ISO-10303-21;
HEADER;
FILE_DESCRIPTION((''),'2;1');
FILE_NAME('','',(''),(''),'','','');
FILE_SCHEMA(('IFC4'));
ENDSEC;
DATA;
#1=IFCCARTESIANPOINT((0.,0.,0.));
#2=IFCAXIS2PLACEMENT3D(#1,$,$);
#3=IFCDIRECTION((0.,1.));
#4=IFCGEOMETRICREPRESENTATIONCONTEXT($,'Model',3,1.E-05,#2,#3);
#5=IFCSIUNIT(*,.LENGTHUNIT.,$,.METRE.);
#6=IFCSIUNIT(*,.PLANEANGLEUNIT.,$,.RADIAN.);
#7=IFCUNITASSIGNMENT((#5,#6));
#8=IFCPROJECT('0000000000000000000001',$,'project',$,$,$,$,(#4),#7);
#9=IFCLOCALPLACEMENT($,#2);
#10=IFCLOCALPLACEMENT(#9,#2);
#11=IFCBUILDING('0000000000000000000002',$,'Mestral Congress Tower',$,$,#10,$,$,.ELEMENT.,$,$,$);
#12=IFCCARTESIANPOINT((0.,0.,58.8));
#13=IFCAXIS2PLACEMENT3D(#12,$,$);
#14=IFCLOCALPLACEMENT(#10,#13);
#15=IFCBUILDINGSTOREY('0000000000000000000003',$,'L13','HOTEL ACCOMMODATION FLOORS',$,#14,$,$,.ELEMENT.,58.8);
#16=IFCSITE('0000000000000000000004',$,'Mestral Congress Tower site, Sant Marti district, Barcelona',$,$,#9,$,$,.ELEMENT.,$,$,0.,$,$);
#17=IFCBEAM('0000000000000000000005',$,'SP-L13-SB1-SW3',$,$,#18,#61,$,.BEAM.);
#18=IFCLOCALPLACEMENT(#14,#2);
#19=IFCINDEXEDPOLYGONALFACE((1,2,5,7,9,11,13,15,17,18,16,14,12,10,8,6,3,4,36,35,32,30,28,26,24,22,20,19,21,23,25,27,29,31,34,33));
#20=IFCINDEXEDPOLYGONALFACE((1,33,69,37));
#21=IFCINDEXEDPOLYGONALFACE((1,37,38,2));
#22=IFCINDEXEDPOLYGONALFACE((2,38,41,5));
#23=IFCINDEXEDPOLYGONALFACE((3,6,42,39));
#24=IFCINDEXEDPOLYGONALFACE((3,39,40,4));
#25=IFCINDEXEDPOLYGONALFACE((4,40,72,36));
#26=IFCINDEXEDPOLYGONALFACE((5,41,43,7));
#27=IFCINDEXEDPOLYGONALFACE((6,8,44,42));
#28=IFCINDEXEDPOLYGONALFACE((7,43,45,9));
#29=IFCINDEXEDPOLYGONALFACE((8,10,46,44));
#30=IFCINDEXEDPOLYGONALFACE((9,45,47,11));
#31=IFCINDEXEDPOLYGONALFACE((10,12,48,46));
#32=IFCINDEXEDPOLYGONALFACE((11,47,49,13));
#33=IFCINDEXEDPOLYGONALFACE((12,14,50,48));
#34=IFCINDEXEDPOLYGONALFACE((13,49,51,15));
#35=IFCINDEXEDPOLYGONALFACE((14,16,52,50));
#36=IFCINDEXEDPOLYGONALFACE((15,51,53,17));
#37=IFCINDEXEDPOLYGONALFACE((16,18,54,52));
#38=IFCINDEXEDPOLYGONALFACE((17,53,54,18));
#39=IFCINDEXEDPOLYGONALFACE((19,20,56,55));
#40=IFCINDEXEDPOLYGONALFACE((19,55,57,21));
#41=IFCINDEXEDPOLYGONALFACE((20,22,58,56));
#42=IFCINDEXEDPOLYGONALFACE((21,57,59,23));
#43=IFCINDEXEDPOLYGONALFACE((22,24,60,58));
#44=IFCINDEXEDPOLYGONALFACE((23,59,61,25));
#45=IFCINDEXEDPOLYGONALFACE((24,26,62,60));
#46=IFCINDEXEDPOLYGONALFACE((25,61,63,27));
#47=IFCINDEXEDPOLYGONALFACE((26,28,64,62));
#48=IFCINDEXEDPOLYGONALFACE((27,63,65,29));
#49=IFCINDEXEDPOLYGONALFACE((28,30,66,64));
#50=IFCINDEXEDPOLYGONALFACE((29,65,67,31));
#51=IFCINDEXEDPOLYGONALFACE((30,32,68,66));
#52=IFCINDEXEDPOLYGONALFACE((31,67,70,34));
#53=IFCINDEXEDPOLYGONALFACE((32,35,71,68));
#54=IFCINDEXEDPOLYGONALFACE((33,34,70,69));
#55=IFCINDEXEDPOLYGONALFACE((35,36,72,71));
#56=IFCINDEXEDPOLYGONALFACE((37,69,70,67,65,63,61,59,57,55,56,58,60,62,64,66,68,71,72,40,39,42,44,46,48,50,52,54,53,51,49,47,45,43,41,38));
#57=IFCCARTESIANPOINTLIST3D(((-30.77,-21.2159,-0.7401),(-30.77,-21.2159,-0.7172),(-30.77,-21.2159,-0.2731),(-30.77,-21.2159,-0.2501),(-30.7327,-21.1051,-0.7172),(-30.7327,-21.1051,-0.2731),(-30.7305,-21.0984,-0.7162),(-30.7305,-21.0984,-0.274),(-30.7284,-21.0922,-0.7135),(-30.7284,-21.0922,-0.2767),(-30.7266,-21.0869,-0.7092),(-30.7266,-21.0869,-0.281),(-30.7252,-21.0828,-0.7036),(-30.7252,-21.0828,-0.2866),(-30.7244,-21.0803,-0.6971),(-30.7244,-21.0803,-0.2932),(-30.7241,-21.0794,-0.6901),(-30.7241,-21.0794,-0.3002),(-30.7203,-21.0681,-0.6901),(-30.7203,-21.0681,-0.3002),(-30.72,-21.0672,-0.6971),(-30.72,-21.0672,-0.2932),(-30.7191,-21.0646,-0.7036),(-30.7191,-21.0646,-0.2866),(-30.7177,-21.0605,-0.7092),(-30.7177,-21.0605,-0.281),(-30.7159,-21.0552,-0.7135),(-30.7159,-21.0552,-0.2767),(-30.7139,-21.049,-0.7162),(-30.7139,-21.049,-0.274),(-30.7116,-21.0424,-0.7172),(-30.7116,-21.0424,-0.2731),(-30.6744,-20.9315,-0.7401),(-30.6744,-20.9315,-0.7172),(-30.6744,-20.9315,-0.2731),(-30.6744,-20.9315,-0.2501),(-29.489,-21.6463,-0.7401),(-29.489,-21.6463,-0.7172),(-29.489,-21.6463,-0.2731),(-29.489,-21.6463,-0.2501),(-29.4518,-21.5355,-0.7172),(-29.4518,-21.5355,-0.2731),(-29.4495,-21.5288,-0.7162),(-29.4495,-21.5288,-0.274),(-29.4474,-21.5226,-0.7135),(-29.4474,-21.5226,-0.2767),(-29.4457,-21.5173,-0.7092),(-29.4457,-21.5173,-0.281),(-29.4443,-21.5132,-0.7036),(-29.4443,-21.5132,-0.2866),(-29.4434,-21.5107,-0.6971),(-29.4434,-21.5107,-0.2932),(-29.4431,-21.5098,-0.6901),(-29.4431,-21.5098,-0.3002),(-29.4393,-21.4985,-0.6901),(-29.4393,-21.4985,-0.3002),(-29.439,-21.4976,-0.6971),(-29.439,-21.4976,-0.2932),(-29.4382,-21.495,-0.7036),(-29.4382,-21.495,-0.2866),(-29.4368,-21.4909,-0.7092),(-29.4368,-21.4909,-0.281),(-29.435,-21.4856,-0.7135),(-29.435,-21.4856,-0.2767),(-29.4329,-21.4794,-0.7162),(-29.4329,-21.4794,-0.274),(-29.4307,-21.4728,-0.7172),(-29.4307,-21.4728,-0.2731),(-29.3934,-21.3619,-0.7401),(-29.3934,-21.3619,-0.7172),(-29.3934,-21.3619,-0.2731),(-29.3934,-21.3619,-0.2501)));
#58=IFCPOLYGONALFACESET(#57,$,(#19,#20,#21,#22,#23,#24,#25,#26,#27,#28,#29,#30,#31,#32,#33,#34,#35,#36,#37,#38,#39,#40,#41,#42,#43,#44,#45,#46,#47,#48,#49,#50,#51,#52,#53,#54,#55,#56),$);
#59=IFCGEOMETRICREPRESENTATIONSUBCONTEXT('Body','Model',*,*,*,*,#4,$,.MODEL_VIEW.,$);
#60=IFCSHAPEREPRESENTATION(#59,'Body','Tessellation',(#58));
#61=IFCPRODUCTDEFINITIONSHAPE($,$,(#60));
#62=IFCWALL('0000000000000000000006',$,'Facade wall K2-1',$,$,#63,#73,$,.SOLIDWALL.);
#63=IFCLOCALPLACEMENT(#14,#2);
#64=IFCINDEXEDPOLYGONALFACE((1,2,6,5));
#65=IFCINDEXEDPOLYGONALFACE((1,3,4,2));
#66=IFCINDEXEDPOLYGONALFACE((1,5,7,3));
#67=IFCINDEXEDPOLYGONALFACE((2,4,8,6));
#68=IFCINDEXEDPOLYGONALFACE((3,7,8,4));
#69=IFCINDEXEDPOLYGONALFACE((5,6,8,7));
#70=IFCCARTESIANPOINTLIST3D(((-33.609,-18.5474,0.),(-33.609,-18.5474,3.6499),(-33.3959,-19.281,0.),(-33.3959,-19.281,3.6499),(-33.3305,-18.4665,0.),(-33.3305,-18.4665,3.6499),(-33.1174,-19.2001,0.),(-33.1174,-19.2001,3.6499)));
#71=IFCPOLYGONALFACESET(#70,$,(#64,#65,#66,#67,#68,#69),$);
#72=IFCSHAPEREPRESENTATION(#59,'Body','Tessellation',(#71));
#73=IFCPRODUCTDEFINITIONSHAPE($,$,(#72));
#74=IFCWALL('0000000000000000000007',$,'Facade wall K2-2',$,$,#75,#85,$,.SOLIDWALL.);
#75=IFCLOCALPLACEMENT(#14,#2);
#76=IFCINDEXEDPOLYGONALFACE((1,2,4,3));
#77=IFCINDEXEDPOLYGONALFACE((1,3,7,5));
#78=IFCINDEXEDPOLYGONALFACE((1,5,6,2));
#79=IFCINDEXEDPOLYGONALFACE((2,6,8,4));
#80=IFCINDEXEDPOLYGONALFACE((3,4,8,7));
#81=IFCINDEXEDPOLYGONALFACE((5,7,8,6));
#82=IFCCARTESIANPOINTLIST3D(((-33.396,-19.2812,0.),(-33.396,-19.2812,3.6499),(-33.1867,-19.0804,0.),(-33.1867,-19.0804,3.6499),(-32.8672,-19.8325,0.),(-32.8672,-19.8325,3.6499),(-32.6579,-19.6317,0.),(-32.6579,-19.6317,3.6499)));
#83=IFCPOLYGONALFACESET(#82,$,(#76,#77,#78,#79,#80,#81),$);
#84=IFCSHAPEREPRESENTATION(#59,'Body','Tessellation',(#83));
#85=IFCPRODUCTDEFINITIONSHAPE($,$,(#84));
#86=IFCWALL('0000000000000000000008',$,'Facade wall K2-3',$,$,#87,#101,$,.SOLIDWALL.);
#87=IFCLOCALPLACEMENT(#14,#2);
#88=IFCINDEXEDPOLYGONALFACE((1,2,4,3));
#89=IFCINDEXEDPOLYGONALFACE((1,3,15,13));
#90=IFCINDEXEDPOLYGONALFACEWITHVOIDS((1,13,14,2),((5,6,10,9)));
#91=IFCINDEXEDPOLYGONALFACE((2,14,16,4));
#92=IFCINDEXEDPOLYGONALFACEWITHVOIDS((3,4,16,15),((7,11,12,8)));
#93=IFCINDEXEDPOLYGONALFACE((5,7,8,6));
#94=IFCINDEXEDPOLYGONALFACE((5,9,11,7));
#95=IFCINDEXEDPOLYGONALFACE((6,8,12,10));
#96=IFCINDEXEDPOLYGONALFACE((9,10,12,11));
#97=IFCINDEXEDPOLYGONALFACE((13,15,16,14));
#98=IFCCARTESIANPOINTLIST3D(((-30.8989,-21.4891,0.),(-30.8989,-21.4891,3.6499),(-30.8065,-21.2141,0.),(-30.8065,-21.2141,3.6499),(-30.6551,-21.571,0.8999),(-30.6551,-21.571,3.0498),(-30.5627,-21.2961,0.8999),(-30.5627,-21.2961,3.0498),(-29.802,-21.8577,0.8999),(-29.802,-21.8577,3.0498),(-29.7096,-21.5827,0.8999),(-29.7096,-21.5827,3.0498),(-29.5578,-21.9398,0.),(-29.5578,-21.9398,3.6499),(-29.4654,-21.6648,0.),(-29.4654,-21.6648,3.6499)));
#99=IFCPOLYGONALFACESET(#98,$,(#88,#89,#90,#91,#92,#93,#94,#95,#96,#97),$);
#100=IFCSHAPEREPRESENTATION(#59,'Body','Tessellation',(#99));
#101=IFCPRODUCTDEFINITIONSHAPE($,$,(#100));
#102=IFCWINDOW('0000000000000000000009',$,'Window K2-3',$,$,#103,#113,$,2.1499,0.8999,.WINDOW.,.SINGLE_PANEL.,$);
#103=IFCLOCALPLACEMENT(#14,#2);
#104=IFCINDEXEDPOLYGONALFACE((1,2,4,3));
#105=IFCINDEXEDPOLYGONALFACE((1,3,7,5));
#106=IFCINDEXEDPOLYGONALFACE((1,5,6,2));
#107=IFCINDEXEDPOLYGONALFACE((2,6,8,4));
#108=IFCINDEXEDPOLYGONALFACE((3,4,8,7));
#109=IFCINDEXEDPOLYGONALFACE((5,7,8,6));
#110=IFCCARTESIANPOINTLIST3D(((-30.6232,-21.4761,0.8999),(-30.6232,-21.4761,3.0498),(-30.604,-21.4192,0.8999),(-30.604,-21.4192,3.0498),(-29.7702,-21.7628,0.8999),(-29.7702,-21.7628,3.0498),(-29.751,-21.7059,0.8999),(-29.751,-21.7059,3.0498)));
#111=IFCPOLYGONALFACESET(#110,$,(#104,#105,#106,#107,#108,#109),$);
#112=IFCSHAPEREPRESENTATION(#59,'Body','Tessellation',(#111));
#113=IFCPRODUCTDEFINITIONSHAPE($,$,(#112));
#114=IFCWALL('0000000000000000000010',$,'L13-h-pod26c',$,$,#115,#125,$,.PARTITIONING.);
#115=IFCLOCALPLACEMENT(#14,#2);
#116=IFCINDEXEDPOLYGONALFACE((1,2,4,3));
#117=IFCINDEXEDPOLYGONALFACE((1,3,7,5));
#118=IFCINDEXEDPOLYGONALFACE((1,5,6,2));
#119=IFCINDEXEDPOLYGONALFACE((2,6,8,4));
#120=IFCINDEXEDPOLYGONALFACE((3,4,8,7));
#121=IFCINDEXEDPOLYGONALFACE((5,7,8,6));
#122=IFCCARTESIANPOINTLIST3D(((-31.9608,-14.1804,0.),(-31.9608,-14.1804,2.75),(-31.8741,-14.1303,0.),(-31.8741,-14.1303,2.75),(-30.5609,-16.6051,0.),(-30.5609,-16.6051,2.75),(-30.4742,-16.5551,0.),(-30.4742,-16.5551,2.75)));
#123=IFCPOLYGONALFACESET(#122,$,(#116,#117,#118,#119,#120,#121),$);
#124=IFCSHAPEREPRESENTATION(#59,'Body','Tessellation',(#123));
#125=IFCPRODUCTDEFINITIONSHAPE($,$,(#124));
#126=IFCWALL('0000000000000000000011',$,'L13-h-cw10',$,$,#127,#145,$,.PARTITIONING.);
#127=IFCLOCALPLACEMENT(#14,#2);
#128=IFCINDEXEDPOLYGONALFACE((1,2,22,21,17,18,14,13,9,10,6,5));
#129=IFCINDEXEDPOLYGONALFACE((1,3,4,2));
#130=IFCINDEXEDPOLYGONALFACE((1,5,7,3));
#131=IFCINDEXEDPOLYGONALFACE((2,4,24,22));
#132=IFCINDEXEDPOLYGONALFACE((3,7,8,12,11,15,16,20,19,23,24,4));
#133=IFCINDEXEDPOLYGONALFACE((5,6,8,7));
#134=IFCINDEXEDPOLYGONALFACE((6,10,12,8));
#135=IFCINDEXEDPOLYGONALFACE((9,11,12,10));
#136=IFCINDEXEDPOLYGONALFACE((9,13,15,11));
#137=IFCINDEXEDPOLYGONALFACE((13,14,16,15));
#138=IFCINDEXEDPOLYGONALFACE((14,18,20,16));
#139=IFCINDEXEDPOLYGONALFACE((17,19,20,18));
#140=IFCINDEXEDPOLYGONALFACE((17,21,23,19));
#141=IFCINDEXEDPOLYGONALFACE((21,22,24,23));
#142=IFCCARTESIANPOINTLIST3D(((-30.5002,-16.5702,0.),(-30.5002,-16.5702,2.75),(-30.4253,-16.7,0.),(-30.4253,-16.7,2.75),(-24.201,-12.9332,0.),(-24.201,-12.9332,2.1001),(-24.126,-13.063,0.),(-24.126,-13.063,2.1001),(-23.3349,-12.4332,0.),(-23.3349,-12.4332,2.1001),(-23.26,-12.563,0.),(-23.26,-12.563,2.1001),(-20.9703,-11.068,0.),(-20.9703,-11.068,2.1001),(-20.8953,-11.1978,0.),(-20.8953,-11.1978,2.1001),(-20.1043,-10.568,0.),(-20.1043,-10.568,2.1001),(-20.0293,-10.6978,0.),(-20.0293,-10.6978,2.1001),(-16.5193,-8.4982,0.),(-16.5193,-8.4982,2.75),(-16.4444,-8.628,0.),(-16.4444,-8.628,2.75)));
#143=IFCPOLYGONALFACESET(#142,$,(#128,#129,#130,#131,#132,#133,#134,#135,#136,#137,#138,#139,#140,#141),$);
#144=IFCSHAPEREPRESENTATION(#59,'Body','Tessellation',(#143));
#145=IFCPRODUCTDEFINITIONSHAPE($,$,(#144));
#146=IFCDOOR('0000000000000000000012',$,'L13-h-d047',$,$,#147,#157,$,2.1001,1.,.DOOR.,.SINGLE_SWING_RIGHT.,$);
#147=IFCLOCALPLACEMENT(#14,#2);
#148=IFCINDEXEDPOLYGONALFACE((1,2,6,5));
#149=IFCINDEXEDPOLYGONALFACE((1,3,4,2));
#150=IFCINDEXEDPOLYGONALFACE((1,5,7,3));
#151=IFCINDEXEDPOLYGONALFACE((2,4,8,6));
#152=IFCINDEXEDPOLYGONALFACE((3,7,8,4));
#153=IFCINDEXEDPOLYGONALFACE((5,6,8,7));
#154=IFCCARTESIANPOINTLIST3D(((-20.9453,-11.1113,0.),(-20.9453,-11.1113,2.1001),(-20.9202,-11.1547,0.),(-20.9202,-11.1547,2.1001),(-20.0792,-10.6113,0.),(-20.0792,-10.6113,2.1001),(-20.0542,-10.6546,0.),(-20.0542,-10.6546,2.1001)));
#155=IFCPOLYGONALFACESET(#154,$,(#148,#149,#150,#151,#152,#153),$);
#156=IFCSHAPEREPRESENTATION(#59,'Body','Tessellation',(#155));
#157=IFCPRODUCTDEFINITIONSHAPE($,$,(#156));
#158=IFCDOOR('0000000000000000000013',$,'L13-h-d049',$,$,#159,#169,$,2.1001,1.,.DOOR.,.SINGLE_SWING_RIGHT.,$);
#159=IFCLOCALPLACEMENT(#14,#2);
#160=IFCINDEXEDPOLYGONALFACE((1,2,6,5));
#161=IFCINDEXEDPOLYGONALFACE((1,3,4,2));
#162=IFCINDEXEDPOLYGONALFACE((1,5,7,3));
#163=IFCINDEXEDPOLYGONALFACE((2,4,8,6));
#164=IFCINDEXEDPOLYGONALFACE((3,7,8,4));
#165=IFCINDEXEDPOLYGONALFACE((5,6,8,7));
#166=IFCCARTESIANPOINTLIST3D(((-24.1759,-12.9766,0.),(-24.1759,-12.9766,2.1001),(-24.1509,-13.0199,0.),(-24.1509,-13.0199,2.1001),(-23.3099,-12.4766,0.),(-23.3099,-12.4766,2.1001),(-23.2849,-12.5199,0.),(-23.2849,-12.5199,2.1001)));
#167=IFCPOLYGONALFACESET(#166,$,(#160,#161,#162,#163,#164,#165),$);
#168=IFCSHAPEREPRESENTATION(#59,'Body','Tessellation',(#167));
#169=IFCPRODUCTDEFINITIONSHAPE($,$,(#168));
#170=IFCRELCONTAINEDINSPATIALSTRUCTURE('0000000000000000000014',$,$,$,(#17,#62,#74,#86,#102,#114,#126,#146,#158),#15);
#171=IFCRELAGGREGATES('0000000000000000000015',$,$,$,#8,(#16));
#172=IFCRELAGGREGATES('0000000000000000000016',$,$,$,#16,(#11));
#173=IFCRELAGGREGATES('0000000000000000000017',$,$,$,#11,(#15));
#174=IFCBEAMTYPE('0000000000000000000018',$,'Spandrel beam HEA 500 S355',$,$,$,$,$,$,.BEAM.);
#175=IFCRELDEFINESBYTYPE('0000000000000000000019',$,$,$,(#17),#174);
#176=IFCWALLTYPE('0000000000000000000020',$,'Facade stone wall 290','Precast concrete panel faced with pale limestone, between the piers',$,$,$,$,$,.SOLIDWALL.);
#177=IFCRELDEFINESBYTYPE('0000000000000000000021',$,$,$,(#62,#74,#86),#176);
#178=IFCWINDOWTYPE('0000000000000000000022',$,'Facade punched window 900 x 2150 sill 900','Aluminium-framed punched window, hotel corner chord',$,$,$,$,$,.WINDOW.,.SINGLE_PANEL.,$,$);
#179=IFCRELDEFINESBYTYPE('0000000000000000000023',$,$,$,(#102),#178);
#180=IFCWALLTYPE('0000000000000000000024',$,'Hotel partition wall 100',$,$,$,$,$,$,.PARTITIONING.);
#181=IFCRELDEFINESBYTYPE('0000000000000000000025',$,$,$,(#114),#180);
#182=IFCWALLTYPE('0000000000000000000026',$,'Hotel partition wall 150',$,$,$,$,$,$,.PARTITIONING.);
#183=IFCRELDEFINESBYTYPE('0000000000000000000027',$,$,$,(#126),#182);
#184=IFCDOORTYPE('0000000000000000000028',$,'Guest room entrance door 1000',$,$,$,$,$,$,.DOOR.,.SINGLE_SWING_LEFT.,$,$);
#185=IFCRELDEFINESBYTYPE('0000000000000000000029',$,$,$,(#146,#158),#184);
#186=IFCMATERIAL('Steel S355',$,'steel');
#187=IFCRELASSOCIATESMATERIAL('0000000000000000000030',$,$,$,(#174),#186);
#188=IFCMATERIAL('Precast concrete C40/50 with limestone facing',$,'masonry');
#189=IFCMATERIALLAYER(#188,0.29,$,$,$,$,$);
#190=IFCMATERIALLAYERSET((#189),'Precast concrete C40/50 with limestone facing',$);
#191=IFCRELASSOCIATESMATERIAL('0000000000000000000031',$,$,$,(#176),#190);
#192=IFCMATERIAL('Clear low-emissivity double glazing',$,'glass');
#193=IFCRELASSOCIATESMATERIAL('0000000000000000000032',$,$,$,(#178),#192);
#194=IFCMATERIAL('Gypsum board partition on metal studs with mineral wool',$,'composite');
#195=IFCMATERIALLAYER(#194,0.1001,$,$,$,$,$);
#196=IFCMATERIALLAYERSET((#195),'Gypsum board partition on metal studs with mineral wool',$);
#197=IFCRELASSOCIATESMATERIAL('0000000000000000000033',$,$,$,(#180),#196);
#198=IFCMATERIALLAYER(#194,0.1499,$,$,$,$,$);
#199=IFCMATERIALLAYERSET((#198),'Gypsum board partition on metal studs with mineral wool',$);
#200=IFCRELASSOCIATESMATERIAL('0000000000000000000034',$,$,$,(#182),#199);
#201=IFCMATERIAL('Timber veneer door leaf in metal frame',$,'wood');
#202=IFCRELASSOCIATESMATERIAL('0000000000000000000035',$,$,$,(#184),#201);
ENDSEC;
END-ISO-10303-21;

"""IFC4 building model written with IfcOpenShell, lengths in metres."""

from ifc_helpers import new_model, si_unit, direction, frame, frame_2d, origin, origin_2d, place, context, subcontext, project, spatial, rectangle, i_section, extrude, material, layer, layer_set, material_profile, profile_set, type_object, element, fill, save


model = new_model("IFC4")

# Units and contexts
model_context = context("Model", 3, precision=1e-05, world=origin(), true_north=direction((0.0, 1.0)))
body_context = subcontext(model_context, "Body", "Model", "MODEL_VIEW")
ifc_project = project(units=[si_unit("LENGTHUNIT", "METRE"), si_unit("PLANEANGLEUNIT", "RADIAN")], contexts=[model_context])

# Site, building, storey
site_placement = place(None, origin())
site = spatial("IfcSite", under=ifc_project, at=site_placement, Name="Mestral Congress Tower site, Sant Marti district, Barcelona", CompositionType="ELEMENT", RefElevation=0.0)
building_placement = place(site_placement, origin())
building = spatial("IfcBuilding", under=site, at=building_placement, Name="Mestral Congress Tower", CompositionType="ELEMENT")
storey_placement = place(building_placement, frame((0.0, 0.0, 58.8)))
storey = spatial("IfcBuildingStorey", under=building, at=storey_placement, Name="L13", Description="HOTEL ACCOMMODATION FLOORS", CompositionType="ELEMENT", Elevation=58.8)

# Beam
ifc_material_1 = material(Name="Steel S355", Category="steel")
ifc_material_profile_1 = material_profile(ifc_material_1, i_section(OverallWidth=0.3, OverallDepth=0.49, WebThickness=0.012, FlangeThickness=0.0229, FilletRadius=0.0271, at=origin_2d()), Name="HEA 500")
ifc_profile_set_1 = profile_set([ifc_material_profile_1], Name="Steel S355")
beam_type_1 = type_object("IfcBeamType", Name="Spandrel beam HEA 500 S355", PredefinedType="BEAM", material=ifc_profile_set_1)
beam_1_placement = place(storey_placement, frame((-30.7222, -21.0737, -0.4951), z_axis=(0.947922, -0.318503, 0.0), x_axis=(0.318503, 0.947922, 0.0)))
element("IfcBeam", 1, at=beam_1_placement, inside=storey, type_object=beam_type_1, Name="SP-L13-SB1-SW3", PredefinedType="BEAM", context=body_context, shape_type="SweptSolid", body=[
    extrude(i_section(OverallWidth=0.3, OverallDepth=0.49, WebThickness=0.012, FlangeThickness=0.0229, FilletRadius=0.0271, at=origin_2d()), origin(), (0.0, 0.0, 1.0), 1.3513),
])

# Walls
ifc_material_2 = material(Name="Precast concrete C40/50 with limestone facing", Category="masonry")
ifc_layer_1 = layer(ifc_material_2, 0.29)
ifc_layer_set_1 = layer_set([ifc_layer_1], Name="Precast concrete C40/50 with limestone facing")
wall_type_1 = type_object("IfcWallType", Name="Facade stone wall 290", Description="Precast concrete panel faced with pale limestone, between the piers", PredefinedType="SOLIDWALL", material=ifc_layer_set_1)
for number, where, z_axis, x_axis, name in (
    (2, (-33.4697, -18.5071, 0.0), (0.0, 0.0, 1.0), (0.278981, -0.960297, 0.0), "Facade wall K2-1"),
    (3, (-33.2913, -19.1809, 0.0), (0.0, 0.0, 1.0), (0.692252, -0.721656, 0.0), "Facade wall K2-2"),
):
    element("IfcWall", number, at=place(storey_placement, frame(where, z_axis=z_axis, x_axis=x_axis)), inside=storey, type_object=wall_type_1, Name=name, PredefinedType="SOLIDWALL", context=body_context, shape_type="SweptSolid", body=[
        extrude(rectangle(XDim=0.7639, YDim=0.29, at=frame_2d((0.3818, 0.0))), origin(), (0.0, 0.0, 1.0), 3.6499),
    ])

# Wall, opening, window
wall_1_placement = place(storey_placement, frame((-30.8528, -21.3516, 0.0), z_axis=(0.0, 0.0, 1.0), x_axis=(0.947904, -0.318556, 0.0)))
wall_1 = element("IfcWall", 4, at=wall_1_placement, inside=storey, type_object=wall_type_1, Name="Facade wall K2-3", PredefinedType="SOLIDWALL", context=body_context, shape_type="SweptSolid", body=[
    extrude(rectangle(XDim=1.4148, YDim=0.29, at=frame_2d((0.7075, 0.0))), origin(), (0.0, 0.0, 1.0), 3.6499),
])
opening_1_placement = place(wall_1_placement, frame((0.2573, 0.0, 0.8999)))
opening_1 = element("IfcOpeningElement", 5, at=opening_1_placement, cuts=wall_1, PredefinedType="OPENING", context=body_context, shape_type="SweptSolid", body=[
    extrude(rectangle(XDim=0.8999, YDim=2.1499, at=frame_2d((0.45, 1.075))), frame((0.0, 0.155, 0.0), z_axis=(0.0, -1.0, 0.0), x_axis=(1.0, 0.0, 0.0)), (0.0, 0.0, 1.0), 0.3101),
])
ifc_material_3 = material(Name="Clear low-emissivity double glazing", Category="glass")
window_type = type_object("IfcWindowType", Name="Facade punched window 900 x 2150 sill 900", Description="Aluminium-framed punched window, hotel corner chord", PartitioningType="SINGLE_PANEL", PredefinedType="WINDOW", material=ifc_material_3)
window_placement = place(opening_1_placement, origin())
window = element("IfcWindow", 6, at=window_placement, inside=storey, type_object=window_type, Name="Window K2-3", OverallHeight=2.1499, OverallWidth=0.8999, PartitioningType="SINGLE_PANEL", PredefinedType="WINDOW", context=body_context, shape_type="SweptSolid", body=[
    extrude(rectangle(XDim=0.8999, YDim=2.1499, at=frame_2d((0.45, 1.075))), frame((0.0, 0.0151, 0.0), z_axis=(0.0, -1.0, 0.0), x_axis=(1.0, 0.0, 0.0)), (0.0, 0.0, 1.0), 0.0601),
])
fill(opening_1, window)

# Wall
ifc_material_4 = material(Name="Gypsum board partition on metal studs with mineral wool", Category="composite")
ifc_layer_2 = layer(ifc_material_4, 0.1001)
ifc_layer_set_2 = layer_set([ifc_layer_2], Name="Gypsum board partition on metal studs with mineral wool")
wall_type_2 = type_object("IfcWallType", Name="Hotel partition wall 100", PredefinedType="PARTITIONING", material=ifc_layer_set_2)
wall_2_placement = place(storey_placement, frame((-30.5176, -16.5801, 0.0), z_axis=(0.0, 0.0, 1.0), x_axis=(-0.499984, 0.866035, 0.0)))
element("IfcWall", 7, at=wall_2_placement, inside=storey, type_object=wall_type_2, Name="L13-h-pod26c", PredefinedType="PARTITIONING", context=body_context, shape_type="SweptSolid", body=[
    extrude(rectangle(XDim=2.7998, YDim=0.1001, at=frame_2d((1.3999, 0.0))), origin(), (0.0, 0.0, 1.0), 2.75),
])

# Wall, openings, doors
ifc_layer_3 = layer(ifc_material_4, 0.1499)
ifc_layer_set_3 = layer_set([ifc_layer_3], Name="Gypsum board partition on metal studs with mineral wool")
wall_type_3 = type_object("IfcWallType", Name="Hotel partition wall 150", PredefinedType="PARTITIONING", material=ifc_layer_set_3)
wall_3_placement = place(storey_placement, frame((-30.4626, -16.635, 0.0), z_axis=(0.0, 0.0, 1.0), x_axis=(0.866022, 0.500005, 0.0)))
wall_3 = element("IfcWall", 8, at=wall_3_placement, inside=storey, type_object=wall_type_3, Name="L13-h-cw10", PredefinedType="PARTITIONING", context=body_context, shape_type="SweptSolid", body=[
    extrude(rectangle(XDim=16.1438, YDim=0.1499, at=frame_2d((8.0718, 0.0))), origin(), (0.0, 0.0, 1.0), 2.75),
])
opening_2_placement = place(wall_3_placement, frame((11.0042, 0.0, 0.0)))
opening_2 = element("IfcOpeningElement", 9, at=opening_2_placement, cuts=wall_3, PredefinedType="OPENING", context=body_context, shape_type="SweptSolid", body=[
    extrude(rectangle(XDim=1.0, YDim=2.1001, at=frame_2d((0.5, 1.05))), frame((0.0, 0.085, 0.0), z_axis=(0.0, -1.0, 0.0), x_axis=(1.0, 0.0, 0.0)), (0.0, 0.0, 1.0), 0.1699),
])
opening_3_placement = place(wall_3_placement, frame((7.2737, 0.0, 0.0)))
opening_3 = element("IfcOpeningElement", 10, at=opening_3_placement, cuts=wall_3, PredefinedType="OPENING", context=body_context, shape_type="SweptSolid", body=[
    extrude(rectangle(XDim=1.0, YDim=2.1001, at=frame_2d((0.5, 1.05))), frame((0.0, 0.085, 0.0), z_axis=(0.0, -1.0, 0.0), x_axis=(1.0, 0.0, 0.0)), (0.0, 0.0, 1.0), 0.1699),
])
ifc_material_5 = material(Name="Timber veneer door leaf in metal frame", Category="wood")
door_type = type_object("IfcDoorType", Name="Guest room entrance door 1000", OperationType="SINGLE_SWING_LEFT", PredefinedType="DOOR", material=ifc_material_5)
door_1_placement = place(opening_2_placement, origin())
door_1 = element("IfcDoor", 11, at=door_1_placement, inside=storey, type_object=door_type, Name="L13-h-d047", OperationType="SINGLE_SWING_RIGHT", OverallHeight=2.1001, OverallWidth=1.0, PredefinedType="DOOR", context=body_context, shape_type="SweptSolid", body=[
    extrude(rectangle(XDim=1.0, YDim=2.1001, at=frame_2d((0.5, 1.05))), frame((0.0, 0.0249, 0.0), z_axis=(0.0, -1.0, 0.0), x_axis=(1.0, 0.0, 0.0)), (0.0, 0.0, 1.0), 0.05),
])
fill(opening_2, door_1)
door_2_placement = place(opening_3_placement, origin())
door_2 = element("IfcDoor", 12, at=door_2_placement, inside=storey, type_object=door_type, Name="L13-h-d049", OperationType="SINGLE_SWING_RIGHT", OverallHeight=2.1001, OverallWidth=1.0, PredefinedType="DOOR", context=body_context, shape_type="SweptSolid", body=[
    extrude(rectangle(XDim=1.0, YDim=2.1001, at=frame_2d((0.5, 1.05))), frame((0.0, 0.0249, 0.0), z_axis=(0.0, -1.0, 0.0), x_axis=(1.0, 0.0, 0.0)), (0.0, 0.0, 1.0), 0.05),
])
fill(opening_3, door_2)

save(model, "model.ifc")
